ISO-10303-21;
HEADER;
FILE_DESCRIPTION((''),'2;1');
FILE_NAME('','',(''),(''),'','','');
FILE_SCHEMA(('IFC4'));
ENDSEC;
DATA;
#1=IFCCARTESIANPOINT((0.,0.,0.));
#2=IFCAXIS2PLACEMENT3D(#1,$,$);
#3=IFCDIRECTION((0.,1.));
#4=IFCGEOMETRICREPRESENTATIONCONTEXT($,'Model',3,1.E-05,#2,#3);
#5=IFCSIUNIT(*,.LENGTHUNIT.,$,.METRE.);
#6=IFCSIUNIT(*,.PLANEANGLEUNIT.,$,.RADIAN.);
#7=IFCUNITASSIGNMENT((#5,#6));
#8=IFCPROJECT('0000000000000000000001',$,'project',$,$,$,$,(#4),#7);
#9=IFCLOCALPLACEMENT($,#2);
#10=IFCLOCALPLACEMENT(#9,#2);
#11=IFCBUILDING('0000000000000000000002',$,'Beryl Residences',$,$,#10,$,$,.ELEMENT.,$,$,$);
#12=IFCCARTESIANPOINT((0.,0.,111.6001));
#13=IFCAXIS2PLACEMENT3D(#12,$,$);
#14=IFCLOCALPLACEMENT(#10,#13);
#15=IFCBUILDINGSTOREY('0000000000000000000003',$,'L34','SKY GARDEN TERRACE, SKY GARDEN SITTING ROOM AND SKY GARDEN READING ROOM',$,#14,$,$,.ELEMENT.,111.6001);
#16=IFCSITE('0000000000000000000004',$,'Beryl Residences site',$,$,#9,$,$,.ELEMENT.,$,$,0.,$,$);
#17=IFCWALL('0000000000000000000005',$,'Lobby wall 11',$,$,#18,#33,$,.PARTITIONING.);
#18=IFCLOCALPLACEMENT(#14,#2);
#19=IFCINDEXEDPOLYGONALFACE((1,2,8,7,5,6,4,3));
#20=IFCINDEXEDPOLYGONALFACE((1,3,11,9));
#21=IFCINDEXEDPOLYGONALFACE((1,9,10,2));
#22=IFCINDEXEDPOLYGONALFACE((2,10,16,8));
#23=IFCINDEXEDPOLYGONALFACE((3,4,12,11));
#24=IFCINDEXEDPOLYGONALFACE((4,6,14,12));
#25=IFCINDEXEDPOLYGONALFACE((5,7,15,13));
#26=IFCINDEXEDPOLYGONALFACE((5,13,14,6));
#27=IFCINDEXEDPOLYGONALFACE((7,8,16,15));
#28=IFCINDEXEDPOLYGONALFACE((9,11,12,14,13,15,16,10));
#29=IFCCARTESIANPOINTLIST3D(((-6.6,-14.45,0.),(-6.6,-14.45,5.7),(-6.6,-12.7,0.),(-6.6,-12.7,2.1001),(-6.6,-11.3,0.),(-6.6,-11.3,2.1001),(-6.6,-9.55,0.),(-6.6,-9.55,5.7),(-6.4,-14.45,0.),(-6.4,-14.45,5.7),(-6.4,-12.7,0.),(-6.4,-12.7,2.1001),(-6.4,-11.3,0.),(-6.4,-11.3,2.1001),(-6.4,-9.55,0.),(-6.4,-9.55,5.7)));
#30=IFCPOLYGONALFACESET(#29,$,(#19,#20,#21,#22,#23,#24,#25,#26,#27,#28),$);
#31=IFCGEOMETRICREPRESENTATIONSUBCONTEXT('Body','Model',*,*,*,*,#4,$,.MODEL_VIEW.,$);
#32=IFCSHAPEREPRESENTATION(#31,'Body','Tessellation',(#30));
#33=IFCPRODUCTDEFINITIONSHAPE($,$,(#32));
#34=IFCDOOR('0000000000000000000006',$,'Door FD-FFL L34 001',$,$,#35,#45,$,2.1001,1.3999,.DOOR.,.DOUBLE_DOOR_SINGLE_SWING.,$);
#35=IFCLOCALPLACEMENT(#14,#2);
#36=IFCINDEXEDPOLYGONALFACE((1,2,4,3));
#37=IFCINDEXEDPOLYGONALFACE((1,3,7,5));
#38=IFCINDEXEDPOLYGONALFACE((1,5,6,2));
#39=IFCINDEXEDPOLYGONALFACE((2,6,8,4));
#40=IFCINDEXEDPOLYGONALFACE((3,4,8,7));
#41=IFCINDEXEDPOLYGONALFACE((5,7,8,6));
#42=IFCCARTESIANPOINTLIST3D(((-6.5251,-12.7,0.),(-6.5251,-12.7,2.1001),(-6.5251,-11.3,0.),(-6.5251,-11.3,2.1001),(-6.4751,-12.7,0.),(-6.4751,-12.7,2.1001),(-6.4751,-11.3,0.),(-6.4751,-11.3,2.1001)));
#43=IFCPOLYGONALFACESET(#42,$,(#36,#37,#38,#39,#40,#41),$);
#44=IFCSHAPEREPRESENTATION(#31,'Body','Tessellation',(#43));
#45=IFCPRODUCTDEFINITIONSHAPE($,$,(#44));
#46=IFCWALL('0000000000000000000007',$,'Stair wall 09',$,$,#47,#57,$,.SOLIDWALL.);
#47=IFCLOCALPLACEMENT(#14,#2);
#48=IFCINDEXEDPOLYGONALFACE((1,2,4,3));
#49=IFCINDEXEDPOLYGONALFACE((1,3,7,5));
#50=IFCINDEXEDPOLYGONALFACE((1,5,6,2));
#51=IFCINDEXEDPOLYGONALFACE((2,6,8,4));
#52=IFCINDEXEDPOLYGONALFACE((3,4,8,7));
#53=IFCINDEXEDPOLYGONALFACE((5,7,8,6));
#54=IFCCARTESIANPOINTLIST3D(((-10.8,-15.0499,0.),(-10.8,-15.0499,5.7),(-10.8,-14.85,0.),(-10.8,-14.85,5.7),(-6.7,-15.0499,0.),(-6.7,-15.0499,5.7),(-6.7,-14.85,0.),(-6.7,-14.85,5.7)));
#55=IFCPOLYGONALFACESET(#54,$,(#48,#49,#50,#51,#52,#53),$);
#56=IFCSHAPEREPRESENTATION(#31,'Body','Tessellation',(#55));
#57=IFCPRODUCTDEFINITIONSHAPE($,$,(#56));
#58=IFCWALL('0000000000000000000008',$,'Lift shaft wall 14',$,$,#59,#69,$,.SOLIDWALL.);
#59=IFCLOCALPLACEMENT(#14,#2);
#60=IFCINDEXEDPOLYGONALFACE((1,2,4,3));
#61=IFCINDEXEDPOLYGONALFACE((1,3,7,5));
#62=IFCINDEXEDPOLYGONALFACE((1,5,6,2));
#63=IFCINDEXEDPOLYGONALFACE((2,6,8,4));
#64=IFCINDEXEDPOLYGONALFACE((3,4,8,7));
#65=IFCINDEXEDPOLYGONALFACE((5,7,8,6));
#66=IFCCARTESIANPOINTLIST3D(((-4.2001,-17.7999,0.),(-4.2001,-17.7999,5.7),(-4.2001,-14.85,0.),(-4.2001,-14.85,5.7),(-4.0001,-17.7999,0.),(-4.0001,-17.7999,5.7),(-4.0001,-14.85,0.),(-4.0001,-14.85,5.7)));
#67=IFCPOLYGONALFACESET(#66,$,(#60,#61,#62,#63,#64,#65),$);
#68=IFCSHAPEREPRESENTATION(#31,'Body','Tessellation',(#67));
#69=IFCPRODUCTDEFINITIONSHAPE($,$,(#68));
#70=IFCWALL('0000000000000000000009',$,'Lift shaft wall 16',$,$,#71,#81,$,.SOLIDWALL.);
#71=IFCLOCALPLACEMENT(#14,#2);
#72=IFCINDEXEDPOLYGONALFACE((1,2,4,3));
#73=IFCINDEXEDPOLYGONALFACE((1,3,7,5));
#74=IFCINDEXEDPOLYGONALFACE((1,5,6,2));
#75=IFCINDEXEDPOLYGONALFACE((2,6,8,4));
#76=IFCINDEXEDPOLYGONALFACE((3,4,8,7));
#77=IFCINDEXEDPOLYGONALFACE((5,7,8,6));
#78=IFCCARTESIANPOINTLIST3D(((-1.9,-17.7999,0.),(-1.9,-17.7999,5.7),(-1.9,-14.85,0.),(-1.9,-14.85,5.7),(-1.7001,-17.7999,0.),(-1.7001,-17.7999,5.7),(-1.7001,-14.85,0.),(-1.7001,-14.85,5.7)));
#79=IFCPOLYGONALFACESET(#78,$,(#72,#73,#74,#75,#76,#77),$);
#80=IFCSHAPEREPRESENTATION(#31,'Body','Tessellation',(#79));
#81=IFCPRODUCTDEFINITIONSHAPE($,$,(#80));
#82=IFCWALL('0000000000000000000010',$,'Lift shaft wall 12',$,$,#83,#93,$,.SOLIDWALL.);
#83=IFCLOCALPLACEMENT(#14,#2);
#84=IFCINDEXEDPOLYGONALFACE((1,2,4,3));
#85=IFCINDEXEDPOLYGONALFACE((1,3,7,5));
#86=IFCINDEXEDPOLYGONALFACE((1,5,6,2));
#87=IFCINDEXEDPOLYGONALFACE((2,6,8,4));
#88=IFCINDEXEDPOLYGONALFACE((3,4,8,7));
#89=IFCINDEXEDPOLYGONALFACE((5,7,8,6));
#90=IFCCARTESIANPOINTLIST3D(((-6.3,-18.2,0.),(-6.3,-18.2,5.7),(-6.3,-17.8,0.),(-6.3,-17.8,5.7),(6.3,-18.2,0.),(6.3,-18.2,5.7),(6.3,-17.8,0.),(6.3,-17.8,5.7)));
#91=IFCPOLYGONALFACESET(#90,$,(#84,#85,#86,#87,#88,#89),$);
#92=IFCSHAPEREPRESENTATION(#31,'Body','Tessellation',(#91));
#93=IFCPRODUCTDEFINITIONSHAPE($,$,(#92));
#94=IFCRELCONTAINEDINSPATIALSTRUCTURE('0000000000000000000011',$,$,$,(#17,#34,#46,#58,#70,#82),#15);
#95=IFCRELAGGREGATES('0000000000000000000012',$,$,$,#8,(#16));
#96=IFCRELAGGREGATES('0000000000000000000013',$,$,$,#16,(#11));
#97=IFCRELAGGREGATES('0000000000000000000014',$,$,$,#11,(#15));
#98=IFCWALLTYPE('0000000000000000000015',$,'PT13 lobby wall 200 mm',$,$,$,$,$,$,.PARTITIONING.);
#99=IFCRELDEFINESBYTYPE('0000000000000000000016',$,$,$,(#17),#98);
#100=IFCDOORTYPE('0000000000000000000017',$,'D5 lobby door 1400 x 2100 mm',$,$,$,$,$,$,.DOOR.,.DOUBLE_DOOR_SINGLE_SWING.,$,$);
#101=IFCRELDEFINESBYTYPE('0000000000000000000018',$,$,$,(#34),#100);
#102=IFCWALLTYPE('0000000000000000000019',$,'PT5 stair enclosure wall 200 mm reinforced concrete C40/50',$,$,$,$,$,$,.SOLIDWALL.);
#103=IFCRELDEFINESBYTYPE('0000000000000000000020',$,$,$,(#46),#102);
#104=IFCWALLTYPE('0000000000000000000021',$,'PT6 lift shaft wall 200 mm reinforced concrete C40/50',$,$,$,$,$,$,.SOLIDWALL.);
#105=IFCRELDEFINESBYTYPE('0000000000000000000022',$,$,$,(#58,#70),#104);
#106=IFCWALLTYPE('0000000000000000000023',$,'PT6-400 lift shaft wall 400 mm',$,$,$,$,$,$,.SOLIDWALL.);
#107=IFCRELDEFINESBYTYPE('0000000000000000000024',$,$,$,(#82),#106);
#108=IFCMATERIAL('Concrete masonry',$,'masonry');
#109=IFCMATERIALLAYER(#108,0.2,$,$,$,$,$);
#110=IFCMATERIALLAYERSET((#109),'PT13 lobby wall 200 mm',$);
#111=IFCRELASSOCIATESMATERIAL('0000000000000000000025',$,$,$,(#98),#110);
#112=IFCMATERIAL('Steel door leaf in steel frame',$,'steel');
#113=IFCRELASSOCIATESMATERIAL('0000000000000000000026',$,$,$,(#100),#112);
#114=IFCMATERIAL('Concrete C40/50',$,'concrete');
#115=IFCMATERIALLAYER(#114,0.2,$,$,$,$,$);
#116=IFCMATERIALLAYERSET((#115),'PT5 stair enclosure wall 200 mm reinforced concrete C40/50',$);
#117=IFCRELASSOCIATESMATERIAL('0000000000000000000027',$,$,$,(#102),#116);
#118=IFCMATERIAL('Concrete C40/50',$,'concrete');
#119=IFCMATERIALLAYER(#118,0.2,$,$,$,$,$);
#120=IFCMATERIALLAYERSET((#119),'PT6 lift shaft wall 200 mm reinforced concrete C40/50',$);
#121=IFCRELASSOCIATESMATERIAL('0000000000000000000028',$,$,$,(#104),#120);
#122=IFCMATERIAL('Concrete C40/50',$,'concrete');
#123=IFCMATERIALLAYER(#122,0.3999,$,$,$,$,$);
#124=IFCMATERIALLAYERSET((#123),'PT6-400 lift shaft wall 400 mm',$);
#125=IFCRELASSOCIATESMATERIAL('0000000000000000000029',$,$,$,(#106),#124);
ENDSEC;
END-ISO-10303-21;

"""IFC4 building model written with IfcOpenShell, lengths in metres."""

from ifc_helpers import new_model, si_unit, direction, frame, frame_2d, origin, place, context, subcontext, project, spatial, rectangle, extrude, material, layer, layer_set, type_object, element, fill, save


model = new_model("IFC4")

# Units and contexts
model_context = context("Model", 3, precision=1e-05, world=origin(), true_north=direction((0.0, 1.0)))
body_context = subcontext(model_context, "Body", "Model", "MODEL_VIEW")
ifc_project = project(units=[si_unit("LENGTHUNIT", "METRE"), si_unit("PLANEANGLEUNIT", "RADIAN")], contexts=[model_context])

# Site, building, storey
site_placement = place(None, origin())
site = spatial("IfcSite", under=ifc_project, at=site_placement, Name="Beryl Residences site", CompositionType="ELEMENT", RefElevation=0.0)
building_placement = place(site_placement, origin())
building = spatial("IfcBuilding", under=site, at=building_placement, Name="Beryl Residences", CompositionType="ELEMENT")
storey_placement = place(building_placement, frame((0.0, 0.0, 111.6001)))
storey = spatial("IfcBuildingStorey", under=building, at=storey_placement, Name="L34", Description="SKY GARDEN TERRACE, SKY GARDEN SITTING ROOM AND SKY GARDEN READING ROOM", CompositionType="ELEMENT", Elevation=111.6001)

# Wall, opening, door
ifc_material_1 = material(Name="Concrete masonry", Category="masonry")
ifc_layer_1 = layer(ifc_material_1, 0.2)
ifc_layer_set_1 = layer_set([ifc_layer_1], Name="PT13 lobby wall 200 mm")
wall_type_1 = type_object("IfcWallType", Name="PT13 lobby wall 200 mm", PredefinedType="PARTITIONING", material=ifc_layer_set_1)
wall_1_placement = place(storey_placement, frame((-6.5, -14.45, 0.0), z_axis=(0.0, 0.0, 1.0), x_axis=(0.0, 1.0, 0.0)))
wall_1 = element("IfcWall", 1, at=wall_1_placement, inside=storey, type_object=wall_type_1, Name="Lobby wall 11", PredefinedType="PARTITIONING", context=body_context, shape_type="SweptSolid", body=[
    extrude(rectangle(XDim=4.8999, YDim=0.2, at=frame_2d((2.45, 0.0))), origin(), (0.0, 0.0, 1.0), 5.7),
])
opening_1_placement = place(wall_1_placement, frame((3.1499, 0.0, 0.0), z_axis=(0.0, 0.0, 1.0), x_axis=(-1.0, 0.0, 0.0)))
opening_1 = element("IfcOpeningElement", 2, at=opening_1_placement, cuts=wall_1, PredefinedType="OPENING", context=body_context, shape_type="SweptSolid", body=[
    extrude(rectangle(XDim=1.3999, YDim=2.1001, at=frame_2d((0.7, 1.05))), frame((0.0, 0.1099, 0.0), z_axis=(0.0, -1.0, 0.0), x_axis=(1.0, 0.0, 0.0)), (0.0, 0.0, 1.0), 0.22),
])
ifc_material_2 = material(Name="Steel door leaf in steel frame", Category="steel")
door_type_1 = type_object("IfcDoorType", Name="D5 lobby door 1400 x 2100 mm", OperationType="DOUBLE_DOOR_SINGLE_SWING", PredefinedType="DOOR", material=ifc_material_2)
door_1_placement = place(opening_1_placement, origin())
door_1 = element("IfcDoor", 3, at=door_1_placement, inside=storey, type_object=door_type_1, Name="Door FD-FFL L34 001", OperationType="DOUBLE_DOOR_SINGLE_SWING", OverallHeight=2.1001, OverallWidth=1.3999, PredefinedType="DOOR", context=body_context, shape_type="SweptSolid", body=[
    extrude(rectangle(XDim=1.3999, YDim=2.1001, at=frame_2d((0.7, 1.05))), frame((0.0, 0.0249, 0.0), z_axis=(0.0, -1.0, 0.0), x_axis=(1.0, 0.0, 0.0)), (0.0, 0.0, 1.0), 0.05),
])
fill(opening_1, door_1)

# Walls
ifc_material_3 = material(Name="Concrete C40/50", Category="concrete")
ifc_layer_2 = layer(ifc_material_3, 0.2)
ifc_layer_set_2 = layer_set([ifc_layer_2], Name="PT5 stair enclosure wall 200 mm reinforced concrete C40/50")
wall_type_2 = type_object("IfcWallType", Name="PT5 stair enclosure wall 200 mm reinforced concrete C40/50", PredefinedType="SOLIDWALL", material=ifc_layer_set_2)
wall_2_placement = place(storey_placement, frame((-10.8, -14.95, 0.0), z_axis=(0.0, 0.0, 1.0), x_axis=(1.0, 0.0, 0.0)))
element("IfcWall", 4, at=wall_2_placement, inside=storey, type_object=wall_type_2, Name="Stair wall 09", PredefinedType="SOLIDWALL", context=body_context, shape_type="SweptSolid", body=[
    extrude(rectangle(XDim=4.1001, YDim=0.2, at=frame_2d((2.05, 0.0))), origin(), (0.0, 0.0, 1.0), 5.7),
])
ifc_material_4 = material(Name="Concrete C40/50", Category="concrete")
ifc_layer_3 = layer(ifc_material_4, 0.2)
ifc_layer_set_3 = layer_set([ifc_layer_3], Name="PT6 lift shaft wall 200 mm reinforced concrete C40/50")
wall_type_3 = type_object("IfcWallType", Name="PT6 lift shaft wall 200 mm reinforced concrete C40/50", PredefinedType="SOLIDWALL", material=ifc_layer_set_3)
for number, where, z_axis, x_axis, name in (
    (5, (-4.1001, -17.8, 0.0), (0.0, 0.0, 1.0), (0.0, 1.0, 0.0), "Lift shaft wall 14"),
    (6, (-1.8, -17.8, 0.0), (0.0, 0.0, 1.0), (0.0, 1.0, 0.0), "Lift shaft wall 16"),
):
    element("IfcWall", number, at=place(storey_placement, frame(where, z_axis=z_axis, x_axis=x_axis)), inside=storey, type_object=wall_type_3, Name=name, PredefinedType="SOLIDWALL", context=body_context, shape_type="SweptSolid", body=[
        extrude(rectangle(XDim=2.95, YDim=0.2, at=frame_2d((1.4751, 0.0))), origin(), (0.0, 0.0, 1.0), 5.7),
    ])
ifc_material_5 = material(Name="Concrete C40/50", Category="concrete")
ifc_layer_4 = layer(ifc_material_5, 0.3999)
ifc_layer_set_4 = layer_set([ifc_layer_4], Name="PT6-400 lift shaft wall 400 mm")
wall_type_4 = type_object("IfcWallType", Name="PT6-400 lift shaft wall 400 mm", PredefinedType="SOLIDWALL", material=ifc_layer_set_4)
wall_3_placement = place(storey_placement, frame((-6.3, -18.0, 0.0), z_axis=(0.0, 0.0, 1.0), x_axis=(1.0, 0.0, 0.0)))
element("IfcWall", 7, at=wall_3_placement, inside=storey, type_object=wall_type_4, Name="Lift shaft wall 12", PredefinedType="SOLIDWALL", context=body_context, shape_type="SweptSolid", body=[
    extrude(rectangle(XDim=12.6001, YDim=0.3999, at=frame_2d((6.3, 0.0))), origin(), (0.0, 0.0, 1.0), 5.7),
])

save(model, "model.ifc")
